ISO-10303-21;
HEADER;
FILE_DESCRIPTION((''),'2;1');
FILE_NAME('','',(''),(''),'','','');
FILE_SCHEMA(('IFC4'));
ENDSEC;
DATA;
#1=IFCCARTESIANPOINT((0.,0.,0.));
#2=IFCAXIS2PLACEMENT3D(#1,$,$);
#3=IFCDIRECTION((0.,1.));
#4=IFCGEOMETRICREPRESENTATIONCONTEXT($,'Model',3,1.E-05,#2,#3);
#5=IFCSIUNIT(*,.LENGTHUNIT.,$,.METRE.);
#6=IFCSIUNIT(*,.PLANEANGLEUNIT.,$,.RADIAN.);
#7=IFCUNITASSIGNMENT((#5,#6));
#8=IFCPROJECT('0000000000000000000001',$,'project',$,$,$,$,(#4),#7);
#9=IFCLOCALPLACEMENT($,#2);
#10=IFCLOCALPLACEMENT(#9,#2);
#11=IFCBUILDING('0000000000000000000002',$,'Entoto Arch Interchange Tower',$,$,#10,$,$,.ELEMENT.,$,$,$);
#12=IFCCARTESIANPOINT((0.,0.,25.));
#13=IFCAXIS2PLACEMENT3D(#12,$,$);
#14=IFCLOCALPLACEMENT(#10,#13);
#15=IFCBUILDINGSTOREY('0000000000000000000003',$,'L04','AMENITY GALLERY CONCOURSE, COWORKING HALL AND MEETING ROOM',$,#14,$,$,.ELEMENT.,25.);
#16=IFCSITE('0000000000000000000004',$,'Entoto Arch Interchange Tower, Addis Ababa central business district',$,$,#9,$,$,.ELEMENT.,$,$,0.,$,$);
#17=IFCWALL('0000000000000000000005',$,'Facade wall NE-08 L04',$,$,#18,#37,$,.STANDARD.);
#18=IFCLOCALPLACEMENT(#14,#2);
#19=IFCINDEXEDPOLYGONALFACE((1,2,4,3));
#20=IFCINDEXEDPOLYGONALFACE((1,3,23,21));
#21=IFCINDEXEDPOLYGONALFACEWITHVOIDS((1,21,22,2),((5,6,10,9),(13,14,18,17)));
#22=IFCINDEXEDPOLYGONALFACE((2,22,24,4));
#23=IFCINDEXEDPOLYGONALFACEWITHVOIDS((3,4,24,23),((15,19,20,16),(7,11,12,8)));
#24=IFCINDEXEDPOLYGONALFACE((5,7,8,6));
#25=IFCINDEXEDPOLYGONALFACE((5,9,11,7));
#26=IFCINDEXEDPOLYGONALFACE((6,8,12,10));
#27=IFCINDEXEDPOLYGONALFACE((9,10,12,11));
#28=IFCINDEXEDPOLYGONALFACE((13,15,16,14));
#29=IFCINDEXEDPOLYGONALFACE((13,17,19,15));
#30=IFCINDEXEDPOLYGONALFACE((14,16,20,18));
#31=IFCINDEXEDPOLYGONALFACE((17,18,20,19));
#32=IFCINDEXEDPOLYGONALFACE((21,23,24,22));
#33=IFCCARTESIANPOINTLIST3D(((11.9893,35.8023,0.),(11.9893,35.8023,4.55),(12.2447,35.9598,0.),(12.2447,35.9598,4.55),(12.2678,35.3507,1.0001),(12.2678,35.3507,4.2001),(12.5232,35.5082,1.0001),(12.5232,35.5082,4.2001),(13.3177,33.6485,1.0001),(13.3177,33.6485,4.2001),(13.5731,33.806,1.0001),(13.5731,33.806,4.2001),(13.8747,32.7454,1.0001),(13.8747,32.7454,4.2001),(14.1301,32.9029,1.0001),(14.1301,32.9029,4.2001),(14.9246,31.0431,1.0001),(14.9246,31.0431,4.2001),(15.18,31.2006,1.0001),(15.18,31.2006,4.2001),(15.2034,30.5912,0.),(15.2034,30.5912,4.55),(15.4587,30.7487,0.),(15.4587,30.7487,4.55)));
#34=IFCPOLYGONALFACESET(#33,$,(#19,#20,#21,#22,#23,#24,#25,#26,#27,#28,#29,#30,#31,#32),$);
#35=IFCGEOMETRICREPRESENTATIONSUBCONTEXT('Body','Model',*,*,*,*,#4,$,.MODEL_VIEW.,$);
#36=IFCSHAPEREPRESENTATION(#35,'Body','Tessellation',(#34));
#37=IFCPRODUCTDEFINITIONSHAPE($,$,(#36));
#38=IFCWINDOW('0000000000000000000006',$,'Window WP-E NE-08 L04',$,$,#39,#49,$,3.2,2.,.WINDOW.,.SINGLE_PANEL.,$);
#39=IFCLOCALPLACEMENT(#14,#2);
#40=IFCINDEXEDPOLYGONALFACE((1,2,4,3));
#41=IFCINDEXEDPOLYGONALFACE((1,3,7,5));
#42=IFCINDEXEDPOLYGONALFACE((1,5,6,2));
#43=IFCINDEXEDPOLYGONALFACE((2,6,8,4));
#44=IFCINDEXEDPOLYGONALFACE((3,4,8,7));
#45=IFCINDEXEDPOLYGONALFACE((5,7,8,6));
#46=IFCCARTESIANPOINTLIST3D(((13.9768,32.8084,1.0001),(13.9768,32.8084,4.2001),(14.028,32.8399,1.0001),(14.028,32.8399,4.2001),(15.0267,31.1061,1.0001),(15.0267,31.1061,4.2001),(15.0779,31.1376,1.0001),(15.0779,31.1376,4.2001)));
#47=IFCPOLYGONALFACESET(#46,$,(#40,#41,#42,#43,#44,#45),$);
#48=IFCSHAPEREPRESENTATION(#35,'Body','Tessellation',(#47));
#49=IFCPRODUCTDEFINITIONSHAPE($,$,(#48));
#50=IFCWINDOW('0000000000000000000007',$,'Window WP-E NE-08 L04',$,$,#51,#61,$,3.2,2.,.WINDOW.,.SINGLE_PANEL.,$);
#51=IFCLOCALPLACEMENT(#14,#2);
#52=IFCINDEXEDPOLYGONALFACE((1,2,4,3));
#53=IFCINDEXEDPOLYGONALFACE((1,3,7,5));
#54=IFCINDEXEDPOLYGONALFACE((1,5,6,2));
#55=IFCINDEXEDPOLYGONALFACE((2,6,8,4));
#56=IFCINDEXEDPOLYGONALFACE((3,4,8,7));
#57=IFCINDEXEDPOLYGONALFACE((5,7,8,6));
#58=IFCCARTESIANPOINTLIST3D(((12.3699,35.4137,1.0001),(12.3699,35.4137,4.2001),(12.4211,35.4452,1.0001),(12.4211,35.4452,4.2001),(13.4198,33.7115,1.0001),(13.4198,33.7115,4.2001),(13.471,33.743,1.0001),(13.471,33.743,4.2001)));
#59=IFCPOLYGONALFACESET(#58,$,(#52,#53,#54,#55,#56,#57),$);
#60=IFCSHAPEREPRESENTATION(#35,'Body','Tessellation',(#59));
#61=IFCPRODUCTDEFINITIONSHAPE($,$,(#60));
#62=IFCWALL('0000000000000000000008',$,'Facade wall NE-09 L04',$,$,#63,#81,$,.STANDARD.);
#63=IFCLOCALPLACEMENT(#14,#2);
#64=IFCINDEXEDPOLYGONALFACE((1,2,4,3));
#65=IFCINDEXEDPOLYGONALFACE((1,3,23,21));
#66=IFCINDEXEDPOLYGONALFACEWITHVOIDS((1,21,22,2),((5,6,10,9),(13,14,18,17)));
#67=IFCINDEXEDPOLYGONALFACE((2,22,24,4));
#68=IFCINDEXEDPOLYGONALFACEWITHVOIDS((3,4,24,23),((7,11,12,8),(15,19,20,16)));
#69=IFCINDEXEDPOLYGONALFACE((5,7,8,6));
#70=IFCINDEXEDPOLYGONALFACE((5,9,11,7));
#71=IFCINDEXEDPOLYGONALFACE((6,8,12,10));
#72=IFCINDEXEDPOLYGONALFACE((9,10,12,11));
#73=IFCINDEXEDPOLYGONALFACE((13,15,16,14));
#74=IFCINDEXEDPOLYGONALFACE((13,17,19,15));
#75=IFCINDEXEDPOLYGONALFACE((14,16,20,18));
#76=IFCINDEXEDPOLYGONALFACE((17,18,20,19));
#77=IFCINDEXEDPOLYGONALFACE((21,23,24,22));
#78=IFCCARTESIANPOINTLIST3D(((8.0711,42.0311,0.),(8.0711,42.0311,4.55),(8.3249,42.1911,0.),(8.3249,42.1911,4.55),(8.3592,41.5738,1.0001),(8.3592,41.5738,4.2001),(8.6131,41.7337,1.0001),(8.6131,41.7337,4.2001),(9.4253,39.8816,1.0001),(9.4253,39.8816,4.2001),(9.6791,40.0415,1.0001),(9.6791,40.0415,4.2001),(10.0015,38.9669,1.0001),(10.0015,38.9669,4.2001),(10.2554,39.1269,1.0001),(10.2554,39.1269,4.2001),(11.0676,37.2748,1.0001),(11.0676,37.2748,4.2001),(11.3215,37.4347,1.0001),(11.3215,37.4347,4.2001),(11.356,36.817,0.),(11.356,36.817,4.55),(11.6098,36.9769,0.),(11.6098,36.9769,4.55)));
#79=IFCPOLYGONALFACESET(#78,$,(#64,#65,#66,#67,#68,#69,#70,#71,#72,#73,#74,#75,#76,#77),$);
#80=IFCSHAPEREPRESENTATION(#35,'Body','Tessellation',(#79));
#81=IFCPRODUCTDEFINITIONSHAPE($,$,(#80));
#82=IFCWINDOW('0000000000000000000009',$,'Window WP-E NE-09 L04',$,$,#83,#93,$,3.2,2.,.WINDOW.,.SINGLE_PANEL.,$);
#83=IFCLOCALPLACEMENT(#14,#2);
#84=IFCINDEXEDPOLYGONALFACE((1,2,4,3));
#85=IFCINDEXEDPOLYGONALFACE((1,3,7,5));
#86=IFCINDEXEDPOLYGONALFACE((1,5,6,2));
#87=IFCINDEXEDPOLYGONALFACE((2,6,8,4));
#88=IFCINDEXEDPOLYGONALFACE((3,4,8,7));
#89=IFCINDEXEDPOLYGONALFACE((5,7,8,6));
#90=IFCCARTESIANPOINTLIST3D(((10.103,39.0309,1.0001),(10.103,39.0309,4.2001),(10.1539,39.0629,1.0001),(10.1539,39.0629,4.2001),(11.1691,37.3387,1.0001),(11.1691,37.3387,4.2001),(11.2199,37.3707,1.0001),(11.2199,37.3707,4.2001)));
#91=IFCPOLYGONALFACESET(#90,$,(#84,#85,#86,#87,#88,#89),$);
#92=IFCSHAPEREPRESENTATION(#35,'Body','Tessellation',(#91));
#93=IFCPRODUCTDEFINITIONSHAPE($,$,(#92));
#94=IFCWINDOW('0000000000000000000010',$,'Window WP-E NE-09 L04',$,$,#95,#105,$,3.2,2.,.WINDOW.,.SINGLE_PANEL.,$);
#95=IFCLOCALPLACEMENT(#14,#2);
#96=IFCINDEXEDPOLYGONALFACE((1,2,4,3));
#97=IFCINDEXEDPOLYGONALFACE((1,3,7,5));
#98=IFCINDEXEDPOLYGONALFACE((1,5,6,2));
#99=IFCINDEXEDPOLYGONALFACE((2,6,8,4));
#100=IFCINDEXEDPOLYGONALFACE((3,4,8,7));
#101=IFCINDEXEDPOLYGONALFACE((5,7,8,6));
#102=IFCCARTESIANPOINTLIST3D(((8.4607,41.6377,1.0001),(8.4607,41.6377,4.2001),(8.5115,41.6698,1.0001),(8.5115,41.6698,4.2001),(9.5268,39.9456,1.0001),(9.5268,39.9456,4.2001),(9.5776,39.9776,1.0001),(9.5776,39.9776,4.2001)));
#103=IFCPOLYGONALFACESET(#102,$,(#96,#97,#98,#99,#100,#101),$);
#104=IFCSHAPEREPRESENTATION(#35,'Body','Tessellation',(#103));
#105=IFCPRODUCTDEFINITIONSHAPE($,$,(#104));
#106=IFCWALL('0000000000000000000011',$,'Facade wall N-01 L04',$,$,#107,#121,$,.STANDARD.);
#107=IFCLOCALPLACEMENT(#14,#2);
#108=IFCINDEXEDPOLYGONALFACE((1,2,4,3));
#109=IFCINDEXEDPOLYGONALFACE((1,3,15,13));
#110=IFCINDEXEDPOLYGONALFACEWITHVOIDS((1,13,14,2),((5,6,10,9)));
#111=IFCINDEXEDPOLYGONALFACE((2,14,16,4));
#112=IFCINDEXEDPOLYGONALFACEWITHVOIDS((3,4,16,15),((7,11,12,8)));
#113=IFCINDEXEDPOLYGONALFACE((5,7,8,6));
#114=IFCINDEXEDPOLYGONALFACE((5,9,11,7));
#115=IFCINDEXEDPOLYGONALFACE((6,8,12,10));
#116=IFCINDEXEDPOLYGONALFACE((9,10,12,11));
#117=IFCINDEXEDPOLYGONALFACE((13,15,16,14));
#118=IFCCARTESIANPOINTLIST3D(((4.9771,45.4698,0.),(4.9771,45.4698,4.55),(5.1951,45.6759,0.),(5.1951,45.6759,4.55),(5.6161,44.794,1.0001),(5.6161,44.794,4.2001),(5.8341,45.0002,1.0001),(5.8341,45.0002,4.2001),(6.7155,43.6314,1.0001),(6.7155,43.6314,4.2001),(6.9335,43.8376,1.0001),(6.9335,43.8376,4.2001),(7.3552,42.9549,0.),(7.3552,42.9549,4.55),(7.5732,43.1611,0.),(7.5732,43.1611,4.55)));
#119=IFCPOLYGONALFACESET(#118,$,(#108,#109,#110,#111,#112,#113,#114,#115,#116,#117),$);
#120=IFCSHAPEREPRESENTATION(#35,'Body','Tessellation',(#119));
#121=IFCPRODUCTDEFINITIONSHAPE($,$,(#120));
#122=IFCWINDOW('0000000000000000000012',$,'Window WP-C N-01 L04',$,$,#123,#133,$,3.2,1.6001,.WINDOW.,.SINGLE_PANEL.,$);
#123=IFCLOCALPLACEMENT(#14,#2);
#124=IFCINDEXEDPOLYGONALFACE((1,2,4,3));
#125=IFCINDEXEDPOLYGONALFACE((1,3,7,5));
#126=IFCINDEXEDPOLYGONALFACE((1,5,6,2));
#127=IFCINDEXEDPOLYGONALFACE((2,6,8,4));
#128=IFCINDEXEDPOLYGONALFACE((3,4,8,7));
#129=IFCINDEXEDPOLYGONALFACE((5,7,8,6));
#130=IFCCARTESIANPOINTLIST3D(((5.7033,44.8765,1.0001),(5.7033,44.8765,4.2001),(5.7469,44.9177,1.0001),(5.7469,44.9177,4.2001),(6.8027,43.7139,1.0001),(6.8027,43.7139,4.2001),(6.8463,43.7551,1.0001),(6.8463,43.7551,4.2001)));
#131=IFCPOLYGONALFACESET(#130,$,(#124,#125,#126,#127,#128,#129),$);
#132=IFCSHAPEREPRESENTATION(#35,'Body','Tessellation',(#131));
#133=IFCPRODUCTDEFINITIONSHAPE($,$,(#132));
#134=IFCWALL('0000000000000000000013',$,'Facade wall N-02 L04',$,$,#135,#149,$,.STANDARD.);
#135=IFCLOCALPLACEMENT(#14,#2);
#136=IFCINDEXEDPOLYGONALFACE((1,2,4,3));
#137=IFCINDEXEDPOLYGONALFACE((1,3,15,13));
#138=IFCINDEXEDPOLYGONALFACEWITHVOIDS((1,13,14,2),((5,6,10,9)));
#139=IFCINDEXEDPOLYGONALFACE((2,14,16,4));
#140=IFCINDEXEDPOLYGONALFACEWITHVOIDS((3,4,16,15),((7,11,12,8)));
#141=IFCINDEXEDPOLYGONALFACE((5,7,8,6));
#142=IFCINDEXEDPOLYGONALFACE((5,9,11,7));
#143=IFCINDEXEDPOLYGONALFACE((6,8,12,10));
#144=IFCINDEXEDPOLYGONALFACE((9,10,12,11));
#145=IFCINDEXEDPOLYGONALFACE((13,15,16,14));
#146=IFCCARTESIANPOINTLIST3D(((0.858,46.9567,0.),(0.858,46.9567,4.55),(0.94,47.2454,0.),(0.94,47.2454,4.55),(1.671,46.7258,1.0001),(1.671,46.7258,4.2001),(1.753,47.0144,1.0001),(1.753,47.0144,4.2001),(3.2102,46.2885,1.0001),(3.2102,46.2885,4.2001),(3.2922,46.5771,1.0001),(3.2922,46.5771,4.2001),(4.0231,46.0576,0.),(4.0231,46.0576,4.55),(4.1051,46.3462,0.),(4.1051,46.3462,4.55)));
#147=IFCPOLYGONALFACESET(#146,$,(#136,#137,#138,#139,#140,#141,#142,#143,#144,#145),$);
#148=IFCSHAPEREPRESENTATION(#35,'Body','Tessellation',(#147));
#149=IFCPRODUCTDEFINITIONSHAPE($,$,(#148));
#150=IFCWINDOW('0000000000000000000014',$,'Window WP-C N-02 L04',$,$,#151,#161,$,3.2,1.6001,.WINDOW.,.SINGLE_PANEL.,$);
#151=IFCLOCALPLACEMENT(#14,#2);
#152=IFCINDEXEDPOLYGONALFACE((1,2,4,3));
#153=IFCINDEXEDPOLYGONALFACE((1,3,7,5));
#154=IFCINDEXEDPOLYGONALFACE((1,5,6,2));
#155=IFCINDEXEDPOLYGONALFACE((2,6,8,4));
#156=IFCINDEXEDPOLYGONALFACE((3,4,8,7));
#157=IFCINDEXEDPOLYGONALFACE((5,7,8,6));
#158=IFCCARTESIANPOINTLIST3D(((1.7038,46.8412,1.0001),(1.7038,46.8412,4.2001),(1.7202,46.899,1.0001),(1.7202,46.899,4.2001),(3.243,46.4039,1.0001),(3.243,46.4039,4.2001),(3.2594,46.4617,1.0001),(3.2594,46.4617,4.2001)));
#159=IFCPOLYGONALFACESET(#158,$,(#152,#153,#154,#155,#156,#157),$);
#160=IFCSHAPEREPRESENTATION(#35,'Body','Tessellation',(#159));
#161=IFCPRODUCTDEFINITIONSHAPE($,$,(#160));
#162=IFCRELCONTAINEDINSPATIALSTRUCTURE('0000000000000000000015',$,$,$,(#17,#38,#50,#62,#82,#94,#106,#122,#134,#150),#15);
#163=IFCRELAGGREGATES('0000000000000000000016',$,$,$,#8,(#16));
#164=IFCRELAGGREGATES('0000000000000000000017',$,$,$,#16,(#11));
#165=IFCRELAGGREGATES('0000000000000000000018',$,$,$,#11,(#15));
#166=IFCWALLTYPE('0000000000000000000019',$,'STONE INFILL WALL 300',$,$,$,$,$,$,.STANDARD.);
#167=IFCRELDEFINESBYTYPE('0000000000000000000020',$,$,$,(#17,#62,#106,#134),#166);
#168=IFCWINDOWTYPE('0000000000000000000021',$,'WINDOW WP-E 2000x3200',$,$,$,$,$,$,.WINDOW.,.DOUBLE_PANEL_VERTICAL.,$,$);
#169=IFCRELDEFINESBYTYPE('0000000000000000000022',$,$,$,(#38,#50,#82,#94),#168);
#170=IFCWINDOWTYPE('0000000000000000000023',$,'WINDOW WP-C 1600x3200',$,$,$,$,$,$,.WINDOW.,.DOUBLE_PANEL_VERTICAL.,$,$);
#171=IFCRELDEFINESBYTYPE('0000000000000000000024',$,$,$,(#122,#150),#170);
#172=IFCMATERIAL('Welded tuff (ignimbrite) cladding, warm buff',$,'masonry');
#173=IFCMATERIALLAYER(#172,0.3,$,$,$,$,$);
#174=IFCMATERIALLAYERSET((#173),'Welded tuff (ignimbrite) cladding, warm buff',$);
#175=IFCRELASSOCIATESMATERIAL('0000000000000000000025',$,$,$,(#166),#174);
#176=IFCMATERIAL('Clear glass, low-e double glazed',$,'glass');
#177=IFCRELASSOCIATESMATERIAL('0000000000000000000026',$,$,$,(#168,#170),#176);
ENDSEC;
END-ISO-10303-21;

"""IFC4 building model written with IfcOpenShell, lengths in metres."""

from ifc_helpers import new_model, si_unit, direction, frame, frame_2d, origin, place, context, subcontext, project, spatial, rectangle, extrude, material, layer, layer_set, type_object, element, fill, save


model = new_model("IFC4")

# Units and contexts
model_context = context("Model", 3, precision=1e-05, world=origin(), true_north=direction((0.0, 1.0)))
body_context = subcontext(model_context, "Body", "Model", "MODEL_VIEW")
ifc_project = project(units=[si_unit("LENGTHUNIT", "METRE"), si_unit("PLANEANGLEUNIT", "RADIAN")], contexts=[model_context])

# Site, building, storey
site_placement = place(None, origin())
site = spatial("IfcSite", under=ifc_project, at=site_placement, Name="Entoto Arch Interchange Tower, Addis Ababa central business district", CompositionType="ELEMENT", RefElevation=0.0)
building_placement = place(site_placement, origin())
building = spatial("IfcBuilding", under=site, at=building_placement, Name="Entoto Arch Interchange Tower", CompositionType="ELEMENT")
storey_placement = place(building_placement, frame((0.0, 0.0, 25.0)))
storey = spatial("IfcBuildingStorey", under=building, at=storey_placement, Name="L04", Description="AMENITY GALLERY CONCOURSE, COWORKING HALL AND MEETING ROOM", CompositionType="ELEMENT", Elevation=25.0)

# Walls, openings, windows
ifc_material_1 = material(Name="Welded tuff (ignimbrite) cladding, warm buff", Category="masonry")
ifc_layer_1 = layer(ifc_material_1, 0.3)
ifc_layer_set_1 = layer_set([ifc_layer_1], Name="Welded tuff (ignimbrite) cladding, warm buff")
wall_type_1 = type_object("IfcWallType", Name="STONE INFILL WALL 300", PredefinedType="STANDARD", material=ifc_layer_set_1)
wall_1_placement = place(storey_placement, frame((15.3311, 30.6699, 0.0), z_axis=(0.0, 0.0, 1.0), x_axis=(-0.524954, 0.851131, 0.0)))
wall_1 = element("IfcWall", 1, at=wall_1_placement, inside=storey, type_object=wall_type_1, Name="Facade wall NE-08 L04", PredefinedType="STANDARD", context=body_context, shape_type="SweptSolid", body=[
    extrude(rectangle(XDim=6.1226, YDim=0.3, at=frame_2d((3.0613, 0.0))), origin(), (0.0, 0.0, 1.0), 4.55),
])
opening_1_placement = place(wall_1_placement, frame((0.531, 0.0, 1.0)))
opening_1 = element("IfcOpeningElement", 2, at=opening_1_placement, cuts=wall_1, PredefinedType="OPENING", context=body_context, shape_type="SweptSolid", body=[
    extrude(rectangle(XDim=2.0, YDim=3.2, at=frame_2d((1.0, 1.6001))), frame((0.0, 0.1602, 0.0), z_axis=(0.0, -1.0, 0.0), x_axis=(1.0, 0.0, 0.0)), (0.0, 0.0, 1.0), 0.3201),
])
opening_2_placement = place(wall_1_placement, frame((3.592, 0.0, 1.0)))
opening_2 = element("IfcOpeningElement", 3, at=opening_2_placement, cuts=wall_1, PredefinedType="OPENING", context=body_context, shape_type="SweptSolid", body=[
    extrude(rectangle(XDim=2.0, YDim=3.2, at=frame_2d((1.0, 1.6001))), frame((0.0, 0.1602, 0.0), z_axis=(0.0, -1.0, 0.0), x_axis=(1.0, 0.0, 0.0)), (0.0, 0.0, 1.0), 0.3201),
])
ifc_material_2 = material(Name="Clear glass, low-e double glazed", Category="glass")
window_type_1 = type_object("IfcWindowType", Name="WINDOW WP-E 2000x3200", PartitioningType="DOUBLE_PANEL_VERTICAL", PredefinedType="WINDOW", material=ifc_material_2)
window_1_placement = place(opening_1_placement, origin())
window_1 = element("IfcWindow", 4, at=window_1_placement, inside=storey, type_object=window_type_1, Name="Window WP-E NE-08 L04", OverallHeight=3.2, OverallWidth=2.0, PartitioningType="SINGLE_PANEL", PredefinedType="WINDOW", context=body_context, shape_type="SweptSolid", body=[
    extrude(rectangle(XDim=2.0, YDim=3.2, at=frame_2d((1.0, 1.6001))), frame((0.0, 0.03, 0.0), z_axis=(0.0, -1.0, 0.0), x_axis=(1.0, 0.0, 0.0)), (0.0, 0.0, 1.0), 0.0601),
])
fill(opening_1, window_1)
window_2_placement = place(opening_2_placement, origin())
window_2 = element("IfcWindow", 5, at=window_2_placement, inside=storey, type_object=window_type_1, Name="Window WP-E NE-08 L04", OverallHeight=3.2, OverallWidth=2.0, PartitioningType="SINGLE_PANEL", PredefinedType="WINDOW", context=body_context, shape_type="SweptSolid", body=[
    extrude(rectangle(XDim=2.0, YDim=3.2, at=frame_2d((1.0, 1.6001))), frame((0.0, 0.03, 0.0), z_axis=(0.0, -1.0, 0.0), x_axis=(1.0, 0.0, 0.0)), (0.0, 0.0, 1.0), 0.0601),
])
fill(opening_2, window_2)
wall_2_placement = place(storey_placement, frame((11.4829, 36.897, 0.0), z_axis=(0.0, 0.0, 1.0), x_axis=(-0.53304, 0.84609, 0.0)))
wall_2 = element("IfcWall", 6, at=wall_2_placement, inside=storey, type_object=wall_type_1, Name="Facade wall NE-09 L04", PredefinedType="STANDARD", context=body_context, shape_type="SweptSolid", body=[
    extrude(rectangle(XDim=6.1626, YDim=0.3, at=frame_2d((3.0813, 0.0))), origin(), (0.0, 0.0, 1.0), 4.55),
])
opening_3_placement = place(wall_2_placement, frame((0.541, 0.0, 1.0)))
opening_3 = element("IfcOpeningElement", 7, at=opening_3_placement, cuts=wall_2, PredefinedType="OPENING", context=body_context, shape_type="SweptSolid", body=[
    extrude(rectangle(XDim=2.0, YDim=3.2, at=frame_2d((1.0, 1.6001))), frame((0.0, 0.1602, 0.0), z_axis=(0.0, -1.0, 0.0), x_axis=(1.0, 0.0, 0.0)), (0.0, 0.0, 1.0), 0.3201),
])
opening_4_placement = place(wall_2_placement, frame((3.6221, 0.0, 1.0)))
opening_4 = element("IfcOpeningElement", 8, at=opening_4_placement, cuts=wall_2, PredefinedType="OPENING", context=body_context, shape_type="SweptSolid", body=[
    extrude(rectangle(XDim=2.0, YDim=3.2, at=frame_2d((1.0, 1.6001))), frame((0.0, 0.1602, 0.0), z_axis=(0.0, -1.0, 0.0), x_axis=(1.0, 0.0, 0.0)), (0.0, 0.0, 1.0), 0.3201),
])
window_3_placement = place(opening_3_placement, origin())
window_3 = element("IfcWindow", 9, at=window_3_placement, inside=storey, type_object=window_type_1, Name="Window WP-E NE-09 L04", OverallHeight=3.2, OverallWidth=2.0, PartitioningType="SINGLE_PANEL", PredefinedType="WINDOW", context=body_context, shape_type="SweptSolid", body=[
    extrude(rectangle(XDim=2.0, YDim=3.2, at=frame_2d((1.0, 1.6001))), frame((0.0, 0.03, 0.0), z_axis=(0.0, -1.0, 0.0), x_axis=(1.0, 0.0, 0.0)), (0.0, 0.0, 1.0), 0.0601),
])
fill(opening_3, window_3)
window_4_placement = place(opening_4_placement, origin())
window_4 = element("IfcWindow", 10, at=window_4_placement, inside=storey, type_object=window_type_1, Name="Window WP-E NE-09 L04", OverallHeight=3.2, OverallWidth=2.0, PartitioningType="SINGLE_PANEL", PredefinedType="WINDOW", context=body_context, shape_type="SweptSolid", body=[
    extrude(rectangle(XDim=2.0, YDim=3.2, at=frame_2d((1.0, 1.6001))), frame((0.0, 0.03, 0.0), z_axis=(0.0, -1.0, 0.0), x_axis=(1.0, 0.0, 0.0)), (0.0, 0.0, 1.0), 0.0601),
])
fill(opening_4, window_4)

# Walls, openings, windows
wall_3_placement = place(storey_placement, frame((7.4641, 43.0581, 0.0), z_axis=(0.0, 0.0, 1.0), x_axis=(-0.687081, 0.726581, 0.0)))
wall_3 = element("IfcWall", 11, at=wall_3_placement, inside=storey, type_object=wall_type_1, Name="Facade wall N-01 L04", PredefinedType="STANDARD", context=body_context, shape_type="SweptSolid", body=[
    extrude(rectangle(XDim=3.4612, YDim=0.3, at=frame_2d((1.7305, 0.0))), origin(), (0.0, 0.0, 1.0), 4.55),
])
opening_5_placement = place(wall_3_placement, frame((0.9309, 0.0, 1.0)))
opening_5 = element("IfcOpeningElement", 12, at=opening_5_placement, cuts=wall_3, PredefinedType="OPENING", context=body_context, shape_type="SweptSolid", body=[
    extrude(rectangle(XDim=1.6001, YDim=3.2, at=frame_2d((0.8, 1.6001))), frame((0.0, 0.1602, 0.0), z_axis=(0.0, -1.0, 0.0), x_axis=(1.0, 0.0, 0.0)), (0.0, 0.0, 1.0), 0.3201),
])
window_type_2 = type_object("IfcWindowType", Name="WINDOW WP-C 1600x3200", PartitioningType="DOUBLE_PANEL_VERTICAL", PredefinedType="WINDOW", material=ifc_material_2)
window_5_placement = place(opening_5_placement, origin())
window_5 = element("IfcWindow", 13, at=window_5_placement, inside=storey, type_object=window_type_2, Name="Window WP-C N-01 L04", OverallHeight=3.2, OverallWidth=1.6001, PartitioningType="SINGLE_PANEL", PredefinedType="WINDOW", context=body_context, shape_type="SweptSolid", body=[
    extrude(rectangle(XDim=1.6001, YDim=3.2, at=frame_2d((0.8, 1.6001))), frame((0.0, 0.03, 0.0), z_axis=(0.0, -1.0, 0.0), x_axis=(1.0, 0.0, 0.0)), (0.0, 0.0, 1.0), 0.0601),
])
fill(opening_5, window_5)
wall_4_placement = place(storey_placement, frame((4.064, 46.2019, 0.0), z_axis=(0.0, 0.0, 1.0), x_axis=(-0.961934, 0.27328, 0.0)))
wall_4 = element("IfcWall", 14, at=wall_4_placement, inside=storey, type_object=wall_type_1, Name="Facade wall N-02 L04", PredefinedType="STANDARD", context=body_context, shape_type="SweptSolid", body=[
    extrude(rectangle(XDim=3.2903, YDim=0.3, at=frame_2d((1.645, 0.0))), origin(), (0.0, 0.0, 1.0), 4.55),
])
opening_6_placement = place(wall_4_placement, frame((0.845, 0.0, 1.0)))
opening_6 = element("IfcOpeningElement", 15, at=opening_6_placement, cuts=wall_4, PredefinedType="OPENING", context=body_context, shape_type="SweptSolid", body=[
    extrude(rectangle(XDim=1.6001, YDim=3.2, at=frame_2d((0.8, 1.6001))), frame((0.0, 0.1602, 0.0), z_axis=(0.0, -1.0, 0.0), x_axis=(1.0, 0.0, 0.0)), (0.0, 0.0, 1.0), 0.3201),
])
window_6_placement = place(opening_6_placement, origin())
window_6 = element("IfcWindow", 16, at=window_6_placement, inside=storey, type_object=window_type_2, Name="Window WP-C N-02 L04", OverallHeight=3.2, OverallWidth=1.6001, PartitioningType="SINGLE_PANEL", PredefinedType="WINDOW", context=body_context, shape_type="SweptSolid", body=[
    extrude(rectangle(XDim=1.6001, YDim=3.2, at=frame_2d((0.8, 1.6001))), frame((0.0, 0.03, 0.0), z_axis=(0.0, -1.0, 0.0), x_axis=(1.0, 0.0, 0.0)), (0.0, 0.0, 1.0), 0.0601),
])
fill(opening_6, window_6)

save(model, "model.ifc")
